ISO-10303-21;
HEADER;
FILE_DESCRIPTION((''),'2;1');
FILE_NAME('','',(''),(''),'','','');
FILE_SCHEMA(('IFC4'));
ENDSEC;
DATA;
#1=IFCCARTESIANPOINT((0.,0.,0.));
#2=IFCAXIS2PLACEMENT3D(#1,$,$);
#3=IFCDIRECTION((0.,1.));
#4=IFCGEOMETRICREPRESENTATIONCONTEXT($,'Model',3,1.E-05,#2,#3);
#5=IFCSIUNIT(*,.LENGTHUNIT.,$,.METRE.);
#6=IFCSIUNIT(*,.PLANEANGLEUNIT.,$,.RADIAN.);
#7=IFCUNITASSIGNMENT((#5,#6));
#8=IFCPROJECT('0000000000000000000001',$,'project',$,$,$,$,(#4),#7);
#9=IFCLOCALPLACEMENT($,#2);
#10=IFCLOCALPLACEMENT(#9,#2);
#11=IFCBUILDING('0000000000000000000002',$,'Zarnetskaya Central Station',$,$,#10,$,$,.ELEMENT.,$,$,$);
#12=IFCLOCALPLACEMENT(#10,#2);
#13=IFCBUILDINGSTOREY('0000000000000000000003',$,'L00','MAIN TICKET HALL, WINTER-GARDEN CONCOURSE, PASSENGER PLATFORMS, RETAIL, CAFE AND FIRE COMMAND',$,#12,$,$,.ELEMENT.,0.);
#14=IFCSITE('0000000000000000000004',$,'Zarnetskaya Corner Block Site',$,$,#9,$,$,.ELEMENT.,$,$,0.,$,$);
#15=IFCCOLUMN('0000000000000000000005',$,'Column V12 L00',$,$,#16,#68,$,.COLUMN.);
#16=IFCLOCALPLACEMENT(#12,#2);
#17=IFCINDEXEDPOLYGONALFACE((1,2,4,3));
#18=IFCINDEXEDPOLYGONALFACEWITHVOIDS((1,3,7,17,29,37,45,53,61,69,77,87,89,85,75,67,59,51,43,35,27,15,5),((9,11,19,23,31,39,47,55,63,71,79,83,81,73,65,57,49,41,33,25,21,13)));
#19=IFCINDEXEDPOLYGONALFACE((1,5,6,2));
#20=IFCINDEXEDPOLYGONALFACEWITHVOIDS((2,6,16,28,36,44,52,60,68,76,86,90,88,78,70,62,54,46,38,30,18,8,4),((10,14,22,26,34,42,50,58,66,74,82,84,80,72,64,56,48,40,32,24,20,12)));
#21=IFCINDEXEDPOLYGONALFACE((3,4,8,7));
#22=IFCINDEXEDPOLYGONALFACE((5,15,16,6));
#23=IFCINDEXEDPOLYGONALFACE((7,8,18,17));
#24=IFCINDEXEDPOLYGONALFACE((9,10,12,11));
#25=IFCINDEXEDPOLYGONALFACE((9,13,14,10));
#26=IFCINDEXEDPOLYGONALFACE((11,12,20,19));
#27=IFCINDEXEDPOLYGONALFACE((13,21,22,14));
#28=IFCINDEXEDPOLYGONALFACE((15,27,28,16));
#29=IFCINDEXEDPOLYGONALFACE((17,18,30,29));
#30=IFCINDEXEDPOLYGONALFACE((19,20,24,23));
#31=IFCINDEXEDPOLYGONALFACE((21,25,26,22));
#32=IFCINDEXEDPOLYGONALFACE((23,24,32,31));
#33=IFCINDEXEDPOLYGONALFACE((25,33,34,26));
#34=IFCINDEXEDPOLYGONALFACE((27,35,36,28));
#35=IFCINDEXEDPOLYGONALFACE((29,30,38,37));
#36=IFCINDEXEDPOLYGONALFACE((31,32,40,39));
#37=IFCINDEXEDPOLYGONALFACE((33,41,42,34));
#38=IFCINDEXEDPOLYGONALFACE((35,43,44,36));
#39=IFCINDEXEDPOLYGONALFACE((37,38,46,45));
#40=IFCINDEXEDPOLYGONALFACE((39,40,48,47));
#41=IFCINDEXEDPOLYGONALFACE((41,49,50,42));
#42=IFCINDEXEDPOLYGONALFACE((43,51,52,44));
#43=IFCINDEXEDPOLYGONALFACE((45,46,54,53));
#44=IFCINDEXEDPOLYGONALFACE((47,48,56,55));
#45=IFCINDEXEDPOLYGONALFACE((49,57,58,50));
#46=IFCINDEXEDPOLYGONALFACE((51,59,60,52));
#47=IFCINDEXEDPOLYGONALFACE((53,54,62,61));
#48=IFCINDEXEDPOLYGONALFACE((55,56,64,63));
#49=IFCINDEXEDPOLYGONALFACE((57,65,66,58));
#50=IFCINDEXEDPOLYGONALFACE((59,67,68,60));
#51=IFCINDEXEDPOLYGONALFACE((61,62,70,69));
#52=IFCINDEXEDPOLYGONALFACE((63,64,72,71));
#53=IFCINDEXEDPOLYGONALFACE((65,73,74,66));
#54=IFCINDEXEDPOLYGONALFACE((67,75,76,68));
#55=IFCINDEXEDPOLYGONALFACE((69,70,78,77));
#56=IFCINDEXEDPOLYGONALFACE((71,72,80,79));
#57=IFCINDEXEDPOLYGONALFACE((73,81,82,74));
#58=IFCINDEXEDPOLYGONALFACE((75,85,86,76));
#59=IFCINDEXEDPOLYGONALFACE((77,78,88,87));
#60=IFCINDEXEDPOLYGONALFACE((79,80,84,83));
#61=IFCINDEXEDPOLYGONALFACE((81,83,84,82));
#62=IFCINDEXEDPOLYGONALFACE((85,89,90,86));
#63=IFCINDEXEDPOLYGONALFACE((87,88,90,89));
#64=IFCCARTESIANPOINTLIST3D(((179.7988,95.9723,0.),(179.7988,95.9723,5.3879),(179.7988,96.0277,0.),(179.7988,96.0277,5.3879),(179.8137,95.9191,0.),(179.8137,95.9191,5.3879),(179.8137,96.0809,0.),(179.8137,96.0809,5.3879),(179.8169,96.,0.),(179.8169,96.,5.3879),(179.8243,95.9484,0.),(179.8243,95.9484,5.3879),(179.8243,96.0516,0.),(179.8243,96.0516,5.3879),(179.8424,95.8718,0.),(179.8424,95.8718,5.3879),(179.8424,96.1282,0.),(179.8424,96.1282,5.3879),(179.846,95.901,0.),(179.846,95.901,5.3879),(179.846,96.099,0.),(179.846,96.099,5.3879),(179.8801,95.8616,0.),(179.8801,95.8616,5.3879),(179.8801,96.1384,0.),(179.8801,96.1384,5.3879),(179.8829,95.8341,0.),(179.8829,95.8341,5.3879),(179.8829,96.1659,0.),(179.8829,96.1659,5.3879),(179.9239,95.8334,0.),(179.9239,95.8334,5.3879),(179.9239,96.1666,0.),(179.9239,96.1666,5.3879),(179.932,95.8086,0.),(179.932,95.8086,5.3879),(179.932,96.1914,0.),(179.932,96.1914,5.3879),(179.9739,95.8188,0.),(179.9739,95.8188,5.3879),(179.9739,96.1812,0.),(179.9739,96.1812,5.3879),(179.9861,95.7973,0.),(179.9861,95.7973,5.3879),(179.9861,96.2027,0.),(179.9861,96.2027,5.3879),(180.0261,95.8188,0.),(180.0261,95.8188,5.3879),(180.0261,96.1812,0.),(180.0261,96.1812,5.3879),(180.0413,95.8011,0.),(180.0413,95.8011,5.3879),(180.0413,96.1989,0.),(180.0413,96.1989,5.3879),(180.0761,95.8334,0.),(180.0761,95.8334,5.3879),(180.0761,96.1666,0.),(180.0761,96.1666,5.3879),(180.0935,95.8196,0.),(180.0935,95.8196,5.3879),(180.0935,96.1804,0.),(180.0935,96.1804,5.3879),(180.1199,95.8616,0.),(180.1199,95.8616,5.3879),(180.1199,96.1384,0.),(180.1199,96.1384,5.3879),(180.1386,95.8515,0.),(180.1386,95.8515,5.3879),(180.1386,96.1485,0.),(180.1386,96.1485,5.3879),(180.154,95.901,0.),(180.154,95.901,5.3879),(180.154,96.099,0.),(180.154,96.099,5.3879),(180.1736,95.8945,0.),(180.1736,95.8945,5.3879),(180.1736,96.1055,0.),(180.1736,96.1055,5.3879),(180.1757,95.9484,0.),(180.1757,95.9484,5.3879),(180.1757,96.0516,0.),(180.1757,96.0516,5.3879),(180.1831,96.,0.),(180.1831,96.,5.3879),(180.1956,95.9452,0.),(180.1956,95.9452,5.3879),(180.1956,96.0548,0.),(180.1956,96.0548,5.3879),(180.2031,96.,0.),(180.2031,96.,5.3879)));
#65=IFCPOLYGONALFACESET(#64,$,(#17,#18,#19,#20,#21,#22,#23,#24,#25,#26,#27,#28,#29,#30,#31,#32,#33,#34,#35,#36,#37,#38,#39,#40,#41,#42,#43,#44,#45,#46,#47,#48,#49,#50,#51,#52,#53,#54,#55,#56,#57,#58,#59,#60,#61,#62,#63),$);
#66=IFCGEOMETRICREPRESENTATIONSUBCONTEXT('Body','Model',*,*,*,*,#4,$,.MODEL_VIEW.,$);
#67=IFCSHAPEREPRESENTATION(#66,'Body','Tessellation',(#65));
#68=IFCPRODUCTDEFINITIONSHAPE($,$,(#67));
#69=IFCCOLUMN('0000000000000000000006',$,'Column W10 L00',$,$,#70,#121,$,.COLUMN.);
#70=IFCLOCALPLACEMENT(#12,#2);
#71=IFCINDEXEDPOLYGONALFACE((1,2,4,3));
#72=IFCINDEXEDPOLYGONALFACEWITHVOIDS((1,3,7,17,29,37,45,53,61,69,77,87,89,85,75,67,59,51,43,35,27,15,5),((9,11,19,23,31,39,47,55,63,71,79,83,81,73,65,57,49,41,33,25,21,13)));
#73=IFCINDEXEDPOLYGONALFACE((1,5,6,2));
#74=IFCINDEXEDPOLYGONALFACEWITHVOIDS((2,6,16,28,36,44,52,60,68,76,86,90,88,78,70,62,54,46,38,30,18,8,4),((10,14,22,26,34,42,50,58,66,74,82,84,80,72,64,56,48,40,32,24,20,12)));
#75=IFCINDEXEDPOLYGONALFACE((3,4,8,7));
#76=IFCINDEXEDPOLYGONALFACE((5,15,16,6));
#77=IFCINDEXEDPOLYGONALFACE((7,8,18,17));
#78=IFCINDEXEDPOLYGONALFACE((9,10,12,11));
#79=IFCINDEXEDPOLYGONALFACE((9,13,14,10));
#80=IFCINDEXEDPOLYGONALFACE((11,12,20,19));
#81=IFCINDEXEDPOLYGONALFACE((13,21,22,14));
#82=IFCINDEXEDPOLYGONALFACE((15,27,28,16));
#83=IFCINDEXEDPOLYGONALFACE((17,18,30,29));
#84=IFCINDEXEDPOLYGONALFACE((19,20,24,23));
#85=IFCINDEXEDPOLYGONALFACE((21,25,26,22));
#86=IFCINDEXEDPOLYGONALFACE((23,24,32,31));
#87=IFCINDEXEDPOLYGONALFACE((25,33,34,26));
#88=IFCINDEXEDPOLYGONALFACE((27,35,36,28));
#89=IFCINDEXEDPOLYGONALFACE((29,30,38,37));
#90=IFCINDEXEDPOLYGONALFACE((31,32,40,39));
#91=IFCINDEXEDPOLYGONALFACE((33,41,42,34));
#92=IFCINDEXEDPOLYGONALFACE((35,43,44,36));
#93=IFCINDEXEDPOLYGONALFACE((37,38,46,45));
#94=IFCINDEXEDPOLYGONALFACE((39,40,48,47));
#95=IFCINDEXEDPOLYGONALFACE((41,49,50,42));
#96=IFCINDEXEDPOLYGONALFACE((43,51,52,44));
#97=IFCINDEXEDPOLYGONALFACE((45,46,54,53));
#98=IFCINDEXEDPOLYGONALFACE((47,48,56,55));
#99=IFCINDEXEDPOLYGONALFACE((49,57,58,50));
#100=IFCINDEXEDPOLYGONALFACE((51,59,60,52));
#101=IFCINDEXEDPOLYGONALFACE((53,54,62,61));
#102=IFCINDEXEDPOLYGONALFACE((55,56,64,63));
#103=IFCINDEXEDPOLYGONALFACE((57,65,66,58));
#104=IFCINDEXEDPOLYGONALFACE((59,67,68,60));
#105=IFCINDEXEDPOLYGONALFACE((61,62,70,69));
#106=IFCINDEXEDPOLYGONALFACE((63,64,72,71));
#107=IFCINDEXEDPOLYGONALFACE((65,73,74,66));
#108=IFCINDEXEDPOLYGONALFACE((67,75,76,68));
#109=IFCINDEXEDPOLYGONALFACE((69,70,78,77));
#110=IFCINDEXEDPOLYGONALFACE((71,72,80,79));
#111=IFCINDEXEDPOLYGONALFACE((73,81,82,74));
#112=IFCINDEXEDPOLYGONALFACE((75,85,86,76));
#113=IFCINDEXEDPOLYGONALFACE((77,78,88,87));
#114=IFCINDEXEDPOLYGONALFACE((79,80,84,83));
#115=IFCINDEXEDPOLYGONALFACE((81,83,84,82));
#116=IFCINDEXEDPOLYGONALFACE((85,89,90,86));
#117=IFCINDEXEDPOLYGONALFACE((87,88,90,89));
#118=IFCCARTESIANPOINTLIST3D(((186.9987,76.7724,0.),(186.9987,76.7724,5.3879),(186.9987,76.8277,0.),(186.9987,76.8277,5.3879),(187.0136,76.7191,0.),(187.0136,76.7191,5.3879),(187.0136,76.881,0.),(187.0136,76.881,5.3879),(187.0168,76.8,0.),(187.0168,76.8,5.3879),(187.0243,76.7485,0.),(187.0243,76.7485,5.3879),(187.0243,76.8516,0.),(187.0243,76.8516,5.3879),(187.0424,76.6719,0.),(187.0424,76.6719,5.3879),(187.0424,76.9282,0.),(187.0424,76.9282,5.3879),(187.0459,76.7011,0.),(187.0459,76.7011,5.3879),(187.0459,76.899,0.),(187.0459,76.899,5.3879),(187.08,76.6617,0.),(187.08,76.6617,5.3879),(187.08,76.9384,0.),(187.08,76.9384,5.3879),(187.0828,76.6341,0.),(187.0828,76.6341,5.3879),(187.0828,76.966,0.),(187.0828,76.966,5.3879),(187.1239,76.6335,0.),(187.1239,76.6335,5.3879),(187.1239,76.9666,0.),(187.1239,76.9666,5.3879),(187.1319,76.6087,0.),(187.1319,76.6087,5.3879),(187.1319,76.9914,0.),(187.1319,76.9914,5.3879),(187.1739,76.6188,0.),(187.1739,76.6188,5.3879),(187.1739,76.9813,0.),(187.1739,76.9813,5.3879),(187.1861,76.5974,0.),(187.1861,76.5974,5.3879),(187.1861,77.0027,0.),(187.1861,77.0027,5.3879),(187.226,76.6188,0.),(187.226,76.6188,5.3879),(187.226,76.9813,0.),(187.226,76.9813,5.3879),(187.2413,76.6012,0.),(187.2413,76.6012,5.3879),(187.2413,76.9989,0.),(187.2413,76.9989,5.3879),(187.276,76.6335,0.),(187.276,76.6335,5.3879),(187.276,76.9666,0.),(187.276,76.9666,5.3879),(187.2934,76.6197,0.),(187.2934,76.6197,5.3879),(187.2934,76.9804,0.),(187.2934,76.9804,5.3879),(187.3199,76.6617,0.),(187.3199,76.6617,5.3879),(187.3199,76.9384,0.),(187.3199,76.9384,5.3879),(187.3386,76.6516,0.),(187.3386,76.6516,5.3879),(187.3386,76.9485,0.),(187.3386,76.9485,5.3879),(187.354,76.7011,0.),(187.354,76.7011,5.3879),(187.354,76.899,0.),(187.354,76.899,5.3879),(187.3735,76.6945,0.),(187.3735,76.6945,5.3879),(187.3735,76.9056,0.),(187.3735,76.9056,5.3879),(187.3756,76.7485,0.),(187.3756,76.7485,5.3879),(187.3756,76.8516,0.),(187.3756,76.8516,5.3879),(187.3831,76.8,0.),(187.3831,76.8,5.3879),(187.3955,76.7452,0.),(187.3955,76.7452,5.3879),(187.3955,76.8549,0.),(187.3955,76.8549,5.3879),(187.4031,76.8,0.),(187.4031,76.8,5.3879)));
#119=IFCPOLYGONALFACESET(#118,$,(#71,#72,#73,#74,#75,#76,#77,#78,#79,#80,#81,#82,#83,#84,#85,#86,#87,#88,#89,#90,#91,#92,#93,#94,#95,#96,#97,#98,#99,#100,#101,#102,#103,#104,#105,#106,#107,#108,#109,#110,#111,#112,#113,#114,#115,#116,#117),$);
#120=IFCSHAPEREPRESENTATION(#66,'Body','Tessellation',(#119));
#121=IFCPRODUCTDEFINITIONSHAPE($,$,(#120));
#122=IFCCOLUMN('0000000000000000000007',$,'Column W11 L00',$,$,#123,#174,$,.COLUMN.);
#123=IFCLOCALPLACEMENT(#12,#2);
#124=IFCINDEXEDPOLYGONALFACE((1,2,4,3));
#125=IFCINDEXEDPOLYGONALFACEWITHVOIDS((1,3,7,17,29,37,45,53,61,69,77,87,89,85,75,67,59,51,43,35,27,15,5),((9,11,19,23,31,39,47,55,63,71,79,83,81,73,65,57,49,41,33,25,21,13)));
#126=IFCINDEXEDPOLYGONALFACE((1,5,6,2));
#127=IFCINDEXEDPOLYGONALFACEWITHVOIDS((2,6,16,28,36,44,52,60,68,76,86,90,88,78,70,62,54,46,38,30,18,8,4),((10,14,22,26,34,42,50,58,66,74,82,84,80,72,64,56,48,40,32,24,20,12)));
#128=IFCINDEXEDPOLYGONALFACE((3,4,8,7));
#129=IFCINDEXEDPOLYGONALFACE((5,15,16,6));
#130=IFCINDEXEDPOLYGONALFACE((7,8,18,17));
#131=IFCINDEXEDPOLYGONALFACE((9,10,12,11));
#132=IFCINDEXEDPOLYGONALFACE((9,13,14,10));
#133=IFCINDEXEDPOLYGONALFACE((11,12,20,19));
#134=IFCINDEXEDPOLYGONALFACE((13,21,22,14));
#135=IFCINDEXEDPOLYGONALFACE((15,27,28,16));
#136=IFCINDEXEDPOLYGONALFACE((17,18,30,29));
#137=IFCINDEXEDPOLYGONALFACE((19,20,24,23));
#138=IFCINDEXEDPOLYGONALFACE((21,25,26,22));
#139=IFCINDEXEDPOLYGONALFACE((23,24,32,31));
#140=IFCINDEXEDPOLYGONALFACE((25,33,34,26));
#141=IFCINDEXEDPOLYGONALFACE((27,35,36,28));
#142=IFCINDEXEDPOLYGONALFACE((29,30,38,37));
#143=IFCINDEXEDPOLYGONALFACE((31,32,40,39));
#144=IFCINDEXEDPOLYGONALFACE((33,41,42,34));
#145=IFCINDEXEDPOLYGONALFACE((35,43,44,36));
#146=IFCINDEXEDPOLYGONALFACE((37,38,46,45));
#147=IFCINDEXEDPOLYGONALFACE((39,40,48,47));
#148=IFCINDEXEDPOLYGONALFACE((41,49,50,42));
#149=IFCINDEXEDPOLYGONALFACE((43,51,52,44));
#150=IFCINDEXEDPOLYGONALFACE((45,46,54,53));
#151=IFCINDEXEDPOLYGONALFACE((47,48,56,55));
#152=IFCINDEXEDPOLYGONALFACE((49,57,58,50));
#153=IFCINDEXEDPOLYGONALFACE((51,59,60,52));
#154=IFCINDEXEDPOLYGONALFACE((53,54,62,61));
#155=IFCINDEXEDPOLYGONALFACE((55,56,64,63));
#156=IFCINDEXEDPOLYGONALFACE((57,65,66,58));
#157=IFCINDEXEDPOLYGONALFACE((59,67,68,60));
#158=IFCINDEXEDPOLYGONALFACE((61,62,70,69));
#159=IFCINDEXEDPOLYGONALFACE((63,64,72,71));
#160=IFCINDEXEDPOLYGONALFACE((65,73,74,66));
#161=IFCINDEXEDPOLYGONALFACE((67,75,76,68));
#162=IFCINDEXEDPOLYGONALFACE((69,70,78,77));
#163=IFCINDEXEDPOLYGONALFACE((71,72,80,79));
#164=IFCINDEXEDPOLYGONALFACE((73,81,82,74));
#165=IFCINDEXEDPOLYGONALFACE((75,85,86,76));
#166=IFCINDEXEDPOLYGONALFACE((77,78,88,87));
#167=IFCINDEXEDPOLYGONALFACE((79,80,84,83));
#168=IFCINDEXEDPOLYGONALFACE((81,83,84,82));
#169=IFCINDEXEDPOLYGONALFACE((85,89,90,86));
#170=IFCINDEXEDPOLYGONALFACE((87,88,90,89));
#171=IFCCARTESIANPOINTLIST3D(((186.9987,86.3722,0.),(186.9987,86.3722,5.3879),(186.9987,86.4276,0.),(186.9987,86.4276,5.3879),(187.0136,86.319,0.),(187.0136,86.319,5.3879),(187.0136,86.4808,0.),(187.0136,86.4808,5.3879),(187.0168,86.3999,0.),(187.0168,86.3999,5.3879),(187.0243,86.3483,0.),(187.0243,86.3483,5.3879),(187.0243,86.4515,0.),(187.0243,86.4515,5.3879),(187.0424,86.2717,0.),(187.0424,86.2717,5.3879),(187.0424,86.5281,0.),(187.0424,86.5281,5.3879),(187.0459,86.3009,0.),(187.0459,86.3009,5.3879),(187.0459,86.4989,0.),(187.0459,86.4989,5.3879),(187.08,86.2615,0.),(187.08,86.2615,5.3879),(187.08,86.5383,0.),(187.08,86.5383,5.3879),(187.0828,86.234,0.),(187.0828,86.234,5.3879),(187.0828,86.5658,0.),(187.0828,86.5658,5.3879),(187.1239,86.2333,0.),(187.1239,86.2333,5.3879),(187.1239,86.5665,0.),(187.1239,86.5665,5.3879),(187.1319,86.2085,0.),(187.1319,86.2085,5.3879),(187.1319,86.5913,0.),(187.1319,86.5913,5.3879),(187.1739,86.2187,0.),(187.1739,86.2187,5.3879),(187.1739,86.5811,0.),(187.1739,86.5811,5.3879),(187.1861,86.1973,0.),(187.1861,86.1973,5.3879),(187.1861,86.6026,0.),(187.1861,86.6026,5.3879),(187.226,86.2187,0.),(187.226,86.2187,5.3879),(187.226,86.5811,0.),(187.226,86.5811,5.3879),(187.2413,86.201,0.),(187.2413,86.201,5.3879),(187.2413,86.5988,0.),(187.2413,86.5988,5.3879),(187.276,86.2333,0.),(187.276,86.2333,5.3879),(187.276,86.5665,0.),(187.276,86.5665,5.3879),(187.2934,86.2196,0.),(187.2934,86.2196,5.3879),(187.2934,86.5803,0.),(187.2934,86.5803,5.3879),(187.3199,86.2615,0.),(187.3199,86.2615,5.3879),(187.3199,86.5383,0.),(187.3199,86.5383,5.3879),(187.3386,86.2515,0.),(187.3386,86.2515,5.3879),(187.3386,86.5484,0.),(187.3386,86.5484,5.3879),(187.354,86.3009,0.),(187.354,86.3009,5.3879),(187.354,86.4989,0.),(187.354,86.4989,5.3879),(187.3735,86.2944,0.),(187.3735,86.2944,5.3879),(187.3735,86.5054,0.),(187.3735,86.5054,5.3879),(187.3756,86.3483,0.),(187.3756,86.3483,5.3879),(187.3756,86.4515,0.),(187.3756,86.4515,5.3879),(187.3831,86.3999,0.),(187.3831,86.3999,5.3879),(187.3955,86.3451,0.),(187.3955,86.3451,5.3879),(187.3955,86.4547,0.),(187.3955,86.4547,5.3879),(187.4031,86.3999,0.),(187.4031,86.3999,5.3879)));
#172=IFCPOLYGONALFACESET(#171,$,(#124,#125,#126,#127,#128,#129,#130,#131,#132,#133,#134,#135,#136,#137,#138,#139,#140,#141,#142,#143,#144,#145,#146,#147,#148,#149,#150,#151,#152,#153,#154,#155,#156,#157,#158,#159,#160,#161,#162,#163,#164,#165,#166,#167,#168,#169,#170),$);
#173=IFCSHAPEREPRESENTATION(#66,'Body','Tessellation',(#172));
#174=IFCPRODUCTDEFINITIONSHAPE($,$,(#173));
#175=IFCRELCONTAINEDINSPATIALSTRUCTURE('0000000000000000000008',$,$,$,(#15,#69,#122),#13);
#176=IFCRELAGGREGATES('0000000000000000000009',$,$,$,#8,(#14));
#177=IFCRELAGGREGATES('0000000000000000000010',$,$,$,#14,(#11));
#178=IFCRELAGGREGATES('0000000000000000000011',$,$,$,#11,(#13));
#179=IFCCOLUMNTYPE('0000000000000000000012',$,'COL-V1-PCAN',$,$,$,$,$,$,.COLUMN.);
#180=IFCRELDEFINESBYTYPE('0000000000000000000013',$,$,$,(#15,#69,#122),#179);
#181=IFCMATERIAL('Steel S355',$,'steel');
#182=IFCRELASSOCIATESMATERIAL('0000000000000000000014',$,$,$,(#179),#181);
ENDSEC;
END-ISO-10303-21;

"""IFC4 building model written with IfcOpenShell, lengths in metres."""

from ifc_helpers import new_model, si_unit, direction, frame, origin, origin_2d, place, context, subcontext, project, spatial, hollow_circle, extrude, material, material_profile, profile_set, type_object, element, save


model = new_model("IFC4")

# Units and contexts
model_context = context("Model", 3, precision=1e-05, world=origin(), true_north=direction((0.0, 1.0)))
body_context = subcontext(model_context, "Body", "Model", "MODEL_VIEW")
ifc_project = project(units=[si_unit("LENGTHUNIT", "METRE"), si_unit("PLANEANGLEUNIT", "RADIAN")], contexts=[model_context])

# Site, building, storey
site_placement = place(None, origin())
site = spatial("IfcSite", under=ifc_project, at=site_placement, Name="Zarnetskaya Corner Block Site", CompositionType="ELEMENT", RefElevation=0.0)
building_placement = place(site_placement, origin())
building = spatial("IfcBuilding", under=site, at=building_placement, Name="Zarnetskaya Central Station", CompositionType="ELEMENT")
storey_placement = place(building_placement, origin())
storey = spatial("IfcBuildingStorey", under=building, at=storey_placement, Name="L00", Description="MAIN TICKET HALL, WINTER-GARDEN CONCOURSE, PASSENGER PLATFORMS, RETAIL, CAFE AND FIRE COMMAND", CompositionType="ELEMENT", Elevation=0.0)

# Columns
ifc_material = material(Name="Steel S355", Category="steel")
ifc_material_profile_1 = material_profile(ifc_material, hollow_circle(Radius=0.2031, WallThickness=0.02, at=origin_2d()), Name="CHS 406.4x20")
ifc_profile_set_1 = profile_set([ifc_material_profile_1], Name="Steel S355")
column_type = type_object("IfcColumnType", Name="COL-V1-PCAN", PredefinedType="COLUMN", material=ifc_profile_set_1)
for number, where, z_axis, x_axis, name in (
    (1, (180.0, 96.0, 0.0), (0.0, 0.0, 1.0), (1.0, 0.0, 0.0), "Column V12 L00"),
    (2, (187.2, 76.8, 0.0), (0.0, 0.0, 1.0), (1.0, 0.0, 0.0), "Column W10 L00"),
    (3, (187.2, 86.3999, 0.0), (0.0, 0.0, 1.0), (1.0, 0.0, 0.0), "Column W11 L00"),
):
    element("IfcColumn", number, at=place(storey_placement, frame(where, z_axis=z_axis, x_axis=x_axis)), inside=storey, type_object=column_type, Name=name, PredefinedType="COLUMN", context=body_context, shape_type="SweptSolid", body=[
        extrude(hollow_circle(Radius=0.2031, WallThickness=0.02, at=origin_2d()), origin(), (0.0, 0.0, 1.0), 5.3879),
    ])

save(model, "model.ifc")
